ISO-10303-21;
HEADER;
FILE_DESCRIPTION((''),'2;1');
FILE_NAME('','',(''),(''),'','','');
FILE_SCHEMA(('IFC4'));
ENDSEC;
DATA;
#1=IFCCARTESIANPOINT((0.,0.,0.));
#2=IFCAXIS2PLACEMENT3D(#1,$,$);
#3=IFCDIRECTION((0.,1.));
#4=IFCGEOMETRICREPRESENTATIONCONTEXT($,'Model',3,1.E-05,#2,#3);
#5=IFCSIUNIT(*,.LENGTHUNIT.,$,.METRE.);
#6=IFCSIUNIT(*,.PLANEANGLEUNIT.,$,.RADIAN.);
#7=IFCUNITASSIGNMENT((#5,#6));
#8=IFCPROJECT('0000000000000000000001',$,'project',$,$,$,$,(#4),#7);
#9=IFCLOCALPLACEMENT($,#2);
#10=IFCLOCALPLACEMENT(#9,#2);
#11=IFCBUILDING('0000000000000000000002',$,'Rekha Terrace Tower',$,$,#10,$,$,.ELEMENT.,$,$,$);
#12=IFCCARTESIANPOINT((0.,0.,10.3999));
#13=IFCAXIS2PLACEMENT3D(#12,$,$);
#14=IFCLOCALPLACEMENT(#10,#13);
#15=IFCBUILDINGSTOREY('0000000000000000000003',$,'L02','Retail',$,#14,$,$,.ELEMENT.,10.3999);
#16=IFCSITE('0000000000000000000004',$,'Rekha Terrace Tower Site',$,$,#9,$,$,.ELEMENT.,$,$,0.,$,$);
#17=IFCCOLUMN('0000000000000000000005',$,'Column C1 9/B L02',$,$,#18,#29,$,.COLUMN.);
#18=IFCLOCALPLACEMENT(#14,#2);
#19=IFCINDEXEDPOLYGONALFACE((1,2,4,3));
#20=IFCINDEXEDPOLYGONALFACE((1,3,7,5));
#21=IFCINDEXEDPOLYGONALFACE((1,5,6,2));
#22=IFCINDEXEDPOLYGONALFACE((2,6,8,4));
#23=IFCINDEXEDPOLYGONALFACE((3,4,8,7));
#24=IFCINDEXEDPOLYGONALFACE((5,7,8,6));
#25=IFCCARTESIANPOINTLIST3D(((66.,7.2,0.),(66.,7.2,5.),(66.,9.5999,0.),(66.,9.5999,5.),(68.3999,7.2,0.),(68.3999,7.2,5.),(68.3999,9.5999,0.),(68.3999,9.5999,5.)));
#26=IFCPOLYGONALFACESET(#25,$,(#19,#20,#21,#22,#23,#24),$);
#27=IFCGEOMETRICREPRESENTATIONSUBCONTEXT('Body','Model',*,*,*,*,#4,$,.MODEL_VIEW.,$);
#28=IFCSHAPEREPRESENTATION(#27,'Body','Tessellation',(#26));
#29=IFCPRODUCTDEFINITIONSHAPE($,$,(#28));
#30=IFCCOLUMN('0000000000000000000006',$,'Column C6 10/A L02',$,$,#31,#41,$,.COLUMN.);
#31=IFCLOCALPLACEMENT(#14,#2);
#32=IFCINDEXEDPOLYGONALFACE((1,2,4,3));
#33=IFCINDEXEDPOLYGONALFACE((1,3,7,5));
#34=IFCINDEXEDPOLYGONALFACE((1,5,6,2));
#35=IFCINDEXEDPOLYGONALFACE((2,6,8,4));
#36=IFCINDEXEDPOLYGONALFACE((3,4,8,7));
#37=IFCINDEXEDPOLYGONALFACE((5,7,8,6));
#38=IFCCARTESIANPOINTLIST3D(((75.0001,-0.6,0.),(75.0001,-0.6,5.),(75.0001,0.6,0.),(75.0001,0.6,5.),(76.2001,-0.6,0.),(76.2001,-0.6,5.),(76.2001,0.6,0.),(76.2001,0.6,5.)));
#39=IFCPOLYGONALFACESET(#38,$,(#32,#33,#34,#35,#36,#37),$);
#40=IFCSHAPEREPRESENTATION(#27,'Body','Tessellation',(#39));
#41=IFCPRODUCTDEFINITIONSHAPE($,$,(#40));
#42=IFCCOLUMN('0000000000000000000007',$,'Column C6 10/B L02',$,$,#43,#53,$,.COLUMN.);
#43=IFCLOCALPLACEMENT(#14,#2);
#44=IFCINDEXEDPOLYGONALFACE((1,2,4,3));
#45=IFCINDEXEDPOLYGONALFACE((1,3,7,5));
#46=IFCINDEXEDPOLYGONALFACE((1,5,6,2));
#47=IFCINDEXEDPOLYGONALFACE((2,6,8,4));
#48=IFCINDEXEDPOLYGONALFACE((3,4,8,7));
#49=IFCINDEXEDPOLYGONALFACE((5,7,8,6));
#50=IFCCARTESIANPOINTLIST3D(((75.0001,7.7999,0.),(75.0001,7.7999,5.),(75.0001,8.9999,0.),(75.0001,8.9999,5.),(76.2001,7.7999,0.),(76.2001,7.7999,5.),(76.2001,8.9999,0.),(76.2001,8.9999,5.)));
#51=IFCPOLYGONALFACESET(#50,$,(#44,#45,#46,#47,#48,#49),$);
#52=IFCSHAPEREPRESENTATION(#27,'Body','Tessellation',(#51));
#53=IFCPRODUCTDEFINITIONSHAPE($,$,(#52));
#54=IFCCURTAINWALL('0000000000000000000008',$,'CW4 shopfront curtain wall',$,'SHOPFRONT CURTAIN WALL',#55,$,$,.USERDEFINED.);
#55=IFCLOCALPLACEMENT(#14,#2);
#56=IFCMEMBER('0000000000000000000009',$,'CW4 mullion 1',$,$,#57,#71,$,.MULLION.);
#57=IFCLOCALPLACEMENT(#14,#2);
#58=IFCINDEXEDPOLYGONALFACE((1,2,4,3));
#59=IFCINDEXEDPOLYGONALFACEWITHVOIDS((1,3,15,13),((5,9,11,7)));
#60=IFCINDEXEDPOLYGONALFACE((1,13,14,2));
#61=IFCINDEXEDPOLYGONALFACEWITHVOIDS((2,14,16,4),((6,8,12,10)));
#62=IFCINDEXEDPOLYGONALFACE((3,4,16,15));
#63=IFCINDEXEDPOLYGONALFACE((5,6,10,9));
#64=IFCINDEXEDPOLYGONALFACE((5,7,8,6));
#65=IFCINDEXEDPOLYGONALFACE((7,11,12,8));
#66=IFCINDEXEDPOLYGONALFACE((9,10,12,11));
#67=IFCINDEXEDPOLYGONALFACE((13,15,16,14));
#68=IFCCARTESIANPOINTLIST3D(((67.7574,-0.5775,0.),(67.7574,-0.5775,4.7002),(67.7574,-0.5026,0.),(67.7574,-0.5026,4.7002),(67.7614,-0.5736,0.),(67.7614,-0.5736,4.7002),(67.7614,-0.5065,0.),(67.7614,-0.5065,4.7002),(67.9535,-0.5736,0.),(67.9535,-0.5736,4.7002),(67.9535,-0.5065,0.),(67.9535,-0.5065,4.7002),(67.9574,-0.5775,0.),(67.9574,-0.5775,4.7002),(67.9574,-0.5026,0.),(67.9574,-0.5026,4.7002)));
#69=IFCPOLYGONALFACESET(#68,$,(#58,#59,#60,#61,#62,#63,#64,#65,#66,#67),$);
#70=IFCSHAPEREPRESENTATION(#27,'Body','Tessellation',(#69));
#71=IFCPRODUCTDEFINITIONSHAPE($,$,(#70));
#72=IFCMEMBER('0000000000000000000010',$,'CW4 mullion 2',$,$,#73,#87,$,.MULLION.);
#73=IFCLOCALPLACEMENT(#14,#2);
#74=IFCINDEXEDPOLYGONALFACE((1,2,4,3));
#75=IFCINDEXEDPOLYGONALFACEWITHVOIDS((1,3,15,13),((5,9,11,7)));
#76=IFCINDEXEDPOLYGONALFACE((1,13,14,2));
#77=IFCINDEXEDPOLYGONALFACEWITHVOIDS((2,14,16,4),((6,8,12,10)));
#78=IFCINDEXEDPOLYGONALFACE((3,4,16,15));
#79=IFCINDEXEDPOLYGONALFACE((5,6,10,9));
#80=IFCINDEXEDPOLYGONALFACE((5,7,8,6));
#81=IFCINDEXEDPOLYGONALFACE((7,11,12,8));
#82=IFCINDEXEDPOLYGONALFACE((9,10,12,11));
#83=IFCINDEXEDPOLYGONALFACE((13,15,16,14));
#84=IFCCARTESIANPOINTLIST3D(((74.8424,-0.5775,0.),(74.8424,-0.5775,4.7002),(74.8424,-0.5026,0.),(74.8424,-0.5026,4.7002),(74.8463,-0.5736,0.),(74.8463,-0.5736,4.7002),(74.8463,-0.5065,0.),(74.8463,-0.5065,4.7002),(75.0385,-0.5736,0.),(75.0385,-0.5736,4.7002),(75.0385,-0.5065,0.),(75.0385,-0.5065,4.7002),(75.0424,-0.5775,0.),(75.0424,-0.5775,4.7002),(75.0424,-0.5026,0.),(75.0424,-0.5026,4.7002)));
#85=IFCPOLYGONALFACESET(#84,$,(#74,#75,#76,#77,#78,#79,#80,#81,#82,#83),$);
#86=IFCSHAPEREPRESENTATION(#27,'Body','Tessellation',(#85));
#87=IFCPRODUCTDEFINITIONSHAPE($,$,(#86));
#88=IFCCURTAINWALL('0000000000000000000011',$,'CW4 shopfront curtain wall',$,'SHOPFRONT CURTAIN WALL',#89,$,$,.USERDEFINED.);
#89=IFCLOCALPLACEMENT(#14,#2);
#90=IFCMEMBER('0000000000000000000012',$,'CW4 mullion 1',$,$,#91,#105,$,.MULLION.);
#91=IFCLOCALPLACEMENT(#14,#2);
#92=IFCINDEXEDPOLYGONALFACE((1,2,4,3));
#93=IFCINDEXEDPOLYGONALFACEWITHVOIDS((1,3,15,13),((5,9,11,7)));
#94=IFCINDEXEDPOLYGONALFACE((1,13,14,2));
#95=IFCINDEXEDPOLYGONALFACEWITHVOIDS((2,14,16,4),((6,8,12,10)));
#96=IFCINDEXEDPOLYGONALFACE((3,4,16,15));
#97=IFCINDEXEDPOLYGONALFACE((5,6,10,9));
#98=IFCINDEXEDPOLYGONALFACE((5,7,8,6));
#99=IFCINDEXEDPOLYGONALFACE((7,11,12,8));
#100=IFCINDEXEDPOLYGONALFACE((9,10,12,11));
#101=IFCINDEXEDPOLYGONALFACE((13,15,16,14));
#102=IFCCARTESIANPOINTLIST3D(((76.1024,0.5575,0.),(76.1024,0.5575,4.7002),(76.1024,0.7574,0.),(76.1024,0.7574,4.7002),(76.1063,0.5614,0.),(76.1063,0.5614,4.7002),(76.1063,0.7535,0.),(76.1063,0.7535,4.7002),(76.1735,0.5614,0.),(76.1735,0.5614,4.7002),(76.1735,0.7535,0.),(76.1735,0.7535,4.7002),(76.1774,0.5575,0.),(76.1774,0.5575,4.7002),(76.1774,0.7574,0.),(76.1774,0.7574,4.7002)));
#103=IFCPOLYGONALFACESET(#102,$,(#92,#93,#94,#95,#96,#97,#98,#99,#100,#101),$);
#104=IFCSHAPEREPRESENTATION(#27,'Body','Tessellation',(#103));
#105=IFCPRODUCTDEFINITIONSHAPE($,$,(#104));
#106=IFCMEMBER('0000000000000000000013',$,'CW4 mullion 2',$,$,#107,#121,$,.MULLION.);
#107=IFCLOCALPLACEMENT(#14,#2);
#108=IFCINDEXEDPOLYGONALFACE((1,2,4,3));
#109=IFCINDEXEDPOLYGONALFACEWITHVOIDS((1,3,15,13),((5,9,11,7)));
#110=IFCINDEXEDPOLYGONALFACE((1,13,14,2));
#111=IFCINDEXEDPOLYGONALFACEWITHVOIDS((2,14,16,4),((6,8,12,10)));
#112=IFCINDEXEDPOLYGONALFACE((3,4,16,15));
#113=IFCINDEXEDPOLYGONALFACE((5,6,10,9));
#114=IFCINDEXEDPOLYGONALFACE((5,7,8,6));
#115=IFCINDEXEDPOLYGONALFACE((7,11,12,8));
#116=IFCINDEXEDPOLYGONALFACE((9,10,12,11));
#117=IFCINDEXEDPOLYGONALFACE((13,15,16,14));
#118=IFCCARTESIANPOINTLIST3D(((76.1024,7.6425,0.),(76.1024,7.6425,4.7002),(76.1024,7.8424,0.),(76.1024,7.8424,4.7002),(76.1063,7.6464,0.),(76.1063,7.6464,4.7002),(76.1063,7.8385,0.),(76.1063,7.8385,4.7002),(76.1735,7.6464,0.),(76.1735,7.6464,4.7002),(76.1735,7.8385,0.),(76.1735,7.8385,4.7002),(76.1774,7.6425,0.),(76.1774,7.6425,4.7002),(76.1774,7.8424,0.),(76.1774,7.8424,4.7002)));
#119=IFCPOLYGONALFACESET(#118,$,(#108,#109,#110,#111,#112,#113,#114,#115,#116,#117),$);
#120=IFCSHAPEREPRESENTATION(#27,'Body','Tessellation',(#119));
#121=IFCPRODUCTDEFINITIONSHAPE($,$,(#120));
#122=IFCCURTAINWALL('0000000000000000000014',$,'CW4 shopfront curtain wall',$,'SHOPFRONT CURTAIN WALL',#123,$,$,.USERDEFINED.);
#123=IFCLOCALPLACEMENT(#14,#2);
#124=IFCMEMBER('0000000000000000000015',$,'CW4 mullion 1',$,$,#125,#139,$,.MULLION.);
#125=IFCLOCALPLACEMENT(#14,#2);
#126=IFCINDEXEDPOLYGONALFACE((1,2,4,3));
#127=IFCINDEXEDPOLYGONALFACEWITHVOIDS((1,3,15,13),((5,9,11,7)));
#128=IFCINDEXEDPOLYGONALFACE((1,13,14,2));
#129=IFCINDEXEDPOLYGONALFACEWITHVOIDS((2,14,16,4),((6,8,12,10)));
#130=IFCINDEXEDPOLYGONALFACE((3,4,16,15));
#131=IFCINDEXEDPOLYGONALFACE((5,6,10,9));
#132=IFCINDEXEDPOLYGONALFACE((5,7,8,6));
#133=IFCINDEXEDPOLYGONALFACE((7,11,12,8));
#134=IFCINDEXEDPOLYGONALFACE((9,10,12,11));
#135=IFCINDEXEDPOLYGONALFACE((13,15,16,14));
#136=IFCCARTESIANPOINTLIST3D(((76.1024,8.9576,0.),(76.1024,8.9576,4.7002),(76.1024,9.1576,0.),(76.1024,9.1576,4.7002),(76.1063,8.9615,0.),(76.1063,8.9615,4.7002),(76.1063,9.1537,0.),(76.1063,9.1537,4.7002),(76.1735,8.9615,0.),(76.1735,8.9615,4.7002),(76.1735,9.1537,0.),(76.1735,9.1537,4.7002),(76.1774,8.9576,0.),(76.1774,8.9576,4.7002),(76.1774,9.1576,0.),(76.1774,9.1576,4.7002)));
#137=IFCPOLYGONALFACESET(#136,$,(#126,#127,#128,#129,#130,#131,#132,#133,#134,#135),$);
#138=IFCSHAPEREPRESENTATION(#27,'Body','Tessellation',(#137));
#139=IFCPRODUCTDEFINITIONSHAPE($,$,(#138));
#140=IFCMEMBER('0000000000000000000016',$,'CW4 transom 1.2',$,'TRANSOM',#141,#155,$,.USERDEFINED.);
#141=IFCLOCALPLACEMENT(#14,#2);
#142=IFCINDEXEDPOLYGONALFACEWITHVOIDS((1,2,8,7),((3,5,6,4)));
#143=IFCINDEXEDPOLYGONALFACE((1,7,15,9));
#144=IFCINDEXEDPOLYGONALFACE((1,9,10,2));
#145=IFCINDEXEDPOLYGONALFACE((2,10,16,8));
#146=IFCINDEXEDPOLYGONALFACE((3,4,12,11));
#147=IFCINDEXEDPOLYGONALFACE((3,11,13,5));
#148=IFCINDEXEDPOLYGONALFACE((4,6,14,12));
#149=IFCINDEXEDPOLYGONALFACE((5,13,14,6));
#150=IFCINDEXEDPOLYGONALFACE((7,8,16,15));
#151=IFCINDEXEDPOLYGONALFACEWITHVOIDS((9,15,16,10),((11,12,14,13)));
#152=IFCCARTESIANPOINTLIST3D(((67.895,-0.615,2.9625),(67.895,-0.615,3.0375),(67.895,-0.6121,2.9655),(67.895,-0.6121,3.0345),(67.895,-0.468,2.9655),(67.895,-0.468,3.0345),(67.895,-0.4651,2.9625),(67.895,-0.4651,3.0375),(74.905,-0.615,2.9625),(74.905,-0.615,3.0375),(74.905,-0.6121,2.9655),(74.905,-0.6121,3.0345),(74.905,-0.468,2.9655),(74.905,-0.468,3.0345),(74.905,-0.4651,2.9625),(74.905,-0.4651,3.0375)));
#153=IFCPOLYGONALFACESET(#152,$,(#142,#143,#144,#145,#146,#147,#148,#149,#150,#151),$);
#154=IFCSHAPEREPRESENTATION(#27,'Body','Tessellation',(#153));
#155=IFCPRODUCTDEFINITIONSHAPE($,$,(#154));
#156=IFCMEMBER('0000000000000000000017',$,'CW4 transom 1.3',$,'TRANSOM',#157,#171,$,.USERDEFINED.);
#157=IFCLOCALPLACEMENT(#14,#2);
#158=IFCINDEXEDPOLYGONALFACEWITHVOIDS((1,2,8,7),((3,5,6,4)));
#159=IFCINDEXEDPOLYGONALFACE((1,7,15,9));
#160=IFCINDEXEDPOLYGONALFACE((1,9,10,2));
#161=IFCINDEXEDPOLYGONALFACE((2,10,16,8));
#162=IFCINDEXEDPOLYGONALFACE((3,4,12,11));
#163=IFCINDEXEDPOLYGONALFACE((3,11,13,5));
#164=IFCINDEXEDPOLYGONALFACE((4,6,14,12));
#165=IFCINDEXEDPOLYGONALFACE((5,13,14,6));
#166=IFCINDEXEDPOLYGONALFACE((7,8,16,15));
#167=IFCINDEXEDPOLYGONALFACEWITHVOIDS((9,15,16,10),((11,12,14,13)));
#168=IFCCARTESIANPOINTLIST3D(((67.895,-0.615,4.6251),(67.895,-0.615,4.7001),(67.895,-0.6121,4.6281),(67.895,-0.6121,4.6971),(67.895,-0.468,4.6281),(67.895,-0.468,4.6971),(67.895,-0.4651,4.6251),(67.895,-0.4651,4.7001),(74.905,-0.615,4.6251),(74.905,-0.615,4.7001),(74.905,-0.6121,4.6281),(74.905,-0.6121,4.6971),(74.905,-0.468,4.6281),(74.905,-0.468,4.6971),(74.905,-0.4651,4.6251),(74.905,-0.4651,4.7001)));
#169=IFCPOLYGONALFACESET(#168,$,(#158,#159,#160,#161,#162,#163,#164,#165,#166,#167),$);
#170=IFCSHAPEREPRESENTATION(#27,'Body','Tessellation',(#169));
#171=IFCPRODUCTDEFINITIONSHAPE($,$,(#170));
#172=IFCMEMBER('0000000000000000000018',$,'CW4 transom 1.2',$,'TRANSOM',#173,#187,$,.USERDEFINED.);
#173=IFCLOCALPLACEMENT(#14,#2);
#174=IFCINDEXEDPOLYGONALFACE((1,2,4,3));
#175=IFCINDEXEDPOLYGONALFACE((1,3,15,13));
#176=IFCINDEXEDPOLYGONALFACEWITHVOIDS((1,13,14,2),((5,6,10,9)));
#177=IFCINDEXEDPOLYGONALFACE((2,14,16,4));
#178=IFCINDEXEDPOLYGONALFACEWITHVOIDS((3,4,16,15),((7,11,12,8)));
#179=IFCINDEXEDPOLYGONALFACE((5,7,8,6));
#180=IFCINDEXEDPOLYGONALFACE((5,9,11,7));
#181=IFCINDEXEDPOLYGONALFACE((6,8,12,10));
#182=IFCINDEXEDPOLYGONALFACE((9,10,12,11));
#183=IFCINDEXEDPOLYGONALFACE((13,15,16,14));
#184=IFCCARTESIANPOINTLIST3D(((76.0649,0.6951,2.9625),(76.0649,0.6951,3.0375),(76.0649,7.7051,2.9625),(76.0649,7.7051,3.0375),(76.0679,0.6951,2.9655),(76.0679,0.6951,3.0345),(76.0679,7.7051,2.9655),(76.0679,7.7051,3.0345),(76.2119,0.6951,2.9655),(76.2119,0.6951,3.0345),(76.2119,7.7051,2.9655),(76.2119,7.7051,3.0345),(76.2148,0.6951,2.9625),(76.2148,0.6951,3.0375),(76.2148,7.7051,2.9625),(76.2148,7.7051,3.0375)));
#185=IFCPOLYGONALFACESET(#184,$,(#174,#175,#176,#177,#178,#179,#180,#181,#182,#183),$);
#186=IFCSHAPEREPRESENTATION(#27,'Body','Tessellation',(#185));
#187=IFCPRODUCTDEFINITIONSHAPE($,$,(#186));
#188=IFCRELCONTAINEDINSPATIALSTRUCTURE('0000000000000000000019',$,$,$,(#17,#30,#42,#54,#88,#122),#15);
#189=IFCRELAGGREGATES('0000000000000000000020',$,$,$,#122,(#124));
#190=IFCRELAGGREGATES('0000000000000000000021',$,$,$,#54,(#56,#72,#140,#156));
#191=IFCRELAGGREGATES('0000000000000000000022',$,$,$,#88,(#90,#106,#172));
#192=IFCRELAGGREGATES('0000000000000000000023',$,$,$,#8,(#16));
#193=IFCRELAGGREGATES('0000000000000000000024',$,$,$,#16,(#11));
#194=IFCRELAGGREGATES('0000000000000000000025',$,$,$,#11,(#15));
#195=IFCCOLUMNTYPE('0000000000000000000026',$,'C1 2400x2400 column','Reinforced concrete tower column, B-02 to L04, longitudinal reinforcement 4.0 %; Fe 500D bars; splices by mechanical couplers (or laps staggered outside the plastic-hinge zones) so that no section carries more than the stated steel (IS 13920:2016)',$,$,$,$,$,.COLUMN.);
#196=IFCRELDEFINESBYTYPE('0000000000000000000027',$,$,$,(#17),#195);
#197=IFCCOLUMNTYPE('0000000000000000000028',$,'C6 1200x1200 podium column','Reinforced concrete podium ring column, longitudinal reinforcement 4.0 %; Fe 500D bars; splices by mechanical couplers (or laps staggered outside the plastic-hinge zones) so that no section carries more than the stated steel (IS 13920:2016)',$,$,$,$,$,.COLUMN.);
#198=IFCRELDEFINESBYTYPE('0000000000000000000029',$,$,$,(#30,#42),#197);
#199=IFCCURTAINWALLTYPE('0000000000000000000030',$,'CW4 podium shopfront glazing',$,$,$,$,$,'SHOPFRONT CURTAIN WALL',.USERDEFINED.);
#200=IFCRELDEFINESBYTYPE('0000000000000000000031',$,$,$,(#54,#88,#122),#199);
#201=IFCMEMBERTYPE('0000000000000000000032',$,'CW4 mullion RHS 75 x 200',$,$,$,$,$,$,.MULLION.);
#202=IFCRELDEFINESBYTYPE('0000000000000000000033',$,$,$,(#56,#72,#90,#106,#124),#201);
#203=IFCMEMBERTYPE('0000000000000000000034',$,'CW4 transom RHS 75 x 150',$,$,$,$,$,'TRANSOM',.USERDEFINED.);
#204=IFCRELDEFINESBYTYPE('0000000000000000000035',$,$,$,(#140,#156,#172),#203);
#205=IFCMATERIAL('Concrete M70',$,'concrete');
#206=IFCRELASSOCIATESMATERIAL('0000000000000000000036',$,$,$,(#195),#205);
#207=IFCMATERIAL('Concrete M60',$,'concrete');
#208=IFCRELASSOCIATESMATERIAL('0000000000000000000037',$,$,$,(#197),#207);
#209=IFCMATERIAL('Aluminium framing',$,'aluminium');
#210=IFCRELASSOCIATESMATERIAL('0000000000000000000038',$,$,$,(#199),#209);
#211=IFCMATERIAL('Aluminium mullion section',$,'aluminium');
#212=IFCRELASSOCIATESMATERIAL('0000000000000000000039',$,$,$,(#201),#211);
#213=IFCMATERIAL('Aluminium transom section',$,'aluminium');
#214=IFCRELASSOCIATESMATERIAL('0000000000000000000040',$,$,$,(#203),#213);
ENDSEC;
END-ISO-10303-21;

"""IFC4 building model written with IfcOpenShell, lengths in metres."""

from ifc_helpers import new_model, si_unit, direction, frame, origin, origin_2d, place, context, subcontext, project, spatial, rectangle, hollow_rectangle, extrude, material, material_profile, profile_set, type_object, element, aggregate, save


model = new_model("IFC4")

# Units and contexts
model_context = context("Model", 3, precision=1e-05, world=origin(), true_north=direction((0.0, 1.0)))
body_context = subcontext(model_context, "Body", "Model", "MODEL_VIEW")
ifc_project = project(units=[si_unit("LENGTHUNIT", "METRE"), si_unit("PLANEANGLEUNIT", "RADIAN")], contexts=[model_context])

# Site, building, storey
site_placement = place(None, origin())
site = spatial("IfcSite", under=ifc_project, at=site_placement, Name="Rekha Terrace Tower Site", CompositionType="ELEMENT", RefElevation=0.0)
building_placement = place(site_placement, origin())
building = spatial("IfcBuilding", under=site, at=building_placement, Name="Rekha Terrace Tower", CompositionType="ELEMENT")
storey_placement = place(building_placement, frame((0.0, 0.0, 10.3999)))
storey = spatial("IfcBuildingStorey", under=building, at=storey_placement, Name="L02", Description="Retail", CompositionType="ELEMENT", Elevation=10.3999)

# Columns
ifc_material_1 = material(Name="Concrete M70", Category="concrete")
ifc_material_profile_1 = material_profile(ifc_material_1, rectangle(XDim=2.3999, YDim=2.3999, at=origin_2d()), Name="RC 2400x2400")
ifc_profile_set_1 = profile_set([ifc_material_profile_1], Name="Concrete M70")
column_type_1 = type_object("IfcColumnType", Name="C1 2400x2400 column", Description="Reinforced concrete tower column, B-02 to L04, longitudinal reinforcement 4.0 %; Fe 500D bars; splices by mechanical couplers (or laps staggered outside the plastic-hinge zones) so that no section carries more than the stated steel (IS 13920:2016)", PredefinedType="COLUMN", material=ifc_profile_set_1)
column_placement = place(storey_placement, frame((67.2, 8.3999, 0.0), z_axis=(0.0, 0.0, 1.0), x_axis=(1.0, 0.0, 0.0)))
element("IfcColumn", 1, at=column_placement, inside=storey, type_object=column_type_1, Name="Column C1 9/B L02", PredefinedType="COLUMN", context=body_context, shape_type="SweptSolid", body=[
    extrude(rectangle(XDim=2.3999, YDim=2.3999, at=origin_2d()), origin(), (0.0, 0.0, 1.0), 5.0),
])
ifc_material_2 = material(Name="Concrete M60", Category="concrete")
ifc_material_profile_2 = material_profile(ifc_material_2, rectangle(XDim=1.2, YDim=1.2, at=origin_2d()), Name="RC 1200x1200")
ifc_profile_set_2 = profile_set([ifc_material_profile_2], Name="Concrete M60")
column_type_2 = type_object("IfcColumnType", Name="C6 1200x1200 podium column", Description="Reinforced concrete podium ring column, longitudinal reinforcement 4.0 %; Fe 500D bars; splices by mechanical couplers (or laps staggered outside the plastic-hinge zones) so that no section carries more than the stated steel (IS 13920:2016)", PredefinedType="COLUMN", material=ifc_profile_set_2)
for number, where, z_axis, x_axis, name in (
    (2, (75.6001, 0.0, 0.0), (0.0, 0.0, 1.0), (1.0, 0.0, 0.0), "Column C6 10/A L02"),
    (3, (75.6001, 8.3999, 0.0), (0.0, 0.0, 1.0), (1.0, 0.0, 0.0), "Column C6 10/B L02"),
):
    element("IfcColumn", number, at=place(storey_placement, frame(where, z_axis=z_axis, x_axis=x_axis)), inside=storey, type_object=column_type_2, Name=name, PredefinedType="COLUMN", context=body_context, shape_type="SweptSolid", body=[
        extrude(rectangle(XDim=1.2, YDim=1.2, at=origin_2d()), origin(), (0.0, 0.0, 1.0), 5.0),
    ])

# Curtain walls, members
ifc_material_3 = material(Name="Aluminium framing", Category="aluminium")
curtain_wall_type = type_object("IfcCurtainWallType", Name="CW4 podium shopfront glazing", ElementType="SHOPFRONT CURTAIN WALL", PredefinedType="USERDEFINED", material=ifc_material_3)
curtain_wall_1_placement = place(storey_placement, origin())
curtain_wall_1 = element("IfcCurtainWall", 4, at=curtain_wall_1_placement, inside=storey, type_object=curtain_wall_type, Name="CW4 shopfront curtain wall", ObjectType="SHOPFRONT CURTAIN WALL", PredefinedType="USERDEFINED")
ifc_material_4 = material(Name="Aluminium mullion section", Category="aluminium")
ifc_material_profile_3 = material_profile(ifc_material_4, hollow_rectangle(XDim=0.075, YDim=0.2, WallThickness=0.0039, at=origin_2d()), Name="AL RHS 75x200")
ifc_profile_set_3 = profile_set([ifc_material_profile_3], Name="Aluminium mullion section")
member_type_1 = type_object("IfcMemberType", Name="CW4 mullion RHS 75 x 200", PredefinedType="MULLION", material=ifc_profile_set_3)
member_1_placement = place(storey_placement, frame((67.8574, -0.54, 0.0), z_axis=(0.0, 0.0, 1.0), x_axis=(0.0, 1.0, 0.0)))
member_1 = element("IfcMember", 5, at=member_1_placement, type_object=member_type_1, Name="CW4 mullion 1", PredefinedType="MULLION", context=body_context, shape_type="SweptSolid", body=[
    extrude(hollow_rectangle(XDim=0.075, YDim=0.2, WallThickness=0.0039, at=origin_2d()), origin(), (0.0, 0.0, 1.0), 4.7002),
])
member_2_placement = place(storey_placement, frame((74.9424, -0.54, 0.0), z_axis=(0.0, 0.0, 1.0), x_axis=(0.0, 1.0, 0.0)))
member_2 = element("IfcMember", 6, at=member_2_placement, type_object=member_type_1, Name="CW4 mullion 2", PredefinedType="MULLION", context=body_context, shape_type="SweptSolid", body=[
    extrude(hollow_rectangle(XDim=0.075, YDim=0.2, WallThickness=0.0039, at=origin_2d()), origin(), (0.0, 0.0, 1.0), 4.7002),
])
curtain_wall_2_placement = place(storey_placement, origin())
curtain_wall_2 = element("IfcCurtainWall", 7, at=curtain_wall_2_placement, inside=storey, type_object=curtain_wall_type, Name="CW4 shopfront curtain wall", ObjectType="SHOPFRONT CURTAIN WALL", PredefinedType="USERDEFINED")
member_3_placement = place(storey_placement, frame((76.1399, 0.6575, 0.0), z_axis=(0.0, 0.0, 1.0), x_axis=(-1.0, 0.0, 0.0)))
member_3 = element("IfcMember", 8, at=member_3_placement, type_object=member_type_1, Name="CW4 mullion 1", PredefinedType="MULLION", context=body_context, shape_type="SweptSolid", body=[
    extrude(hollow_rectangle(XDim=0.075, YDim=0.2, WallThickness=0.0039, at=origin_2d()), origin(), (0.0, 0.0, 1.0), 4.7002),
])
member_4_placement = place(storey_placement, frame((76.1399, 7.7424, 0.0), z_axis=(0.0, 0.0, 1.0), x_axis=(-1.0, 0.0, 0.0)))
member_4 = element("IfcMember", 9, at=member_4_placement, type_object=member_type_1, Name="CW4 mullion 2", PredefinedType="MULLION", context=body_context, shape_type="SweptSolid", body=[
    extrude(hollow_rectangle(XDim=0.075, YDim=0.2, WallThickness=0.0039, at=origin_2d()), origin(), (0.0, 0.0, 1.0), 4.7002),
])

# Curtain wall, member
curtain_wall_3_placement = place(storey_placement, origin())
curtain_wall_3 = element("IfcCurtainWall", 10, at=curtain_wall_3_placement, inside=storey, type_object=curtain_wall_type, Name="CW4 shopfront curtain wall", ObjectType="SHOPFRONT CURTAIN WALL", PredefinedType="USERDEFINED")
member_5_placement = place(storey_placement, frame((76.1399, 9.0576, 0.0), z_axis=(0.0, 0.0, 1.0), x_axis=(-1.0, 0.0, 0.0)))
member_5 = element("IfcMember", 11, at=member_5_placement, type_object=member_type_1, Name="CW4 mullion 1", PredefinedType="MULLION", context=body_context, shape_type="SweptSolid", body=[
    extrude(hollow_rectangle(XDim=0.075, YDim=0.2, WallThickness=0.0039, at=origin_2d()), origin(), (0.0, 0.0, 1.0), 4.7002),
])

# Members
ifc_material_5 = material(Name="Aluminium transom section", Category="aluminium")
ifc_material_profile_4 = material_profile(ifc_material_5, hollow_rectangle(XDim=0.1499, YDim=0.075, WallThickness=0.0029, at=origin_2d()), Name="AL RHS 150x75")
ifc_profile_set_4 = profile_set([ifc_material_profile_4], Name="Aluminium transom section")
member_type_2 = type_object("IfcMemberType", Name="CW4 transom RHS 75 x 150", ElementType="TRANSOM", PredefinedType="USERDEFINED", material=ifc_profile_set_4)
member_6_placement = place(storey_placement, frame((67.895, -0.54, 3.0), z_axis=(1.0, 0.0, 0.0), x_axis=(0.0, 1.0, 0.0)))
member_6 = element("IfcMember", 12, at=member_6_placement, type_object=member_type_2, Name="CW4 transom 1.2", ObjectType="TRANSOM", PredefinedType="USERDEFINED", context=body_context, shape_type="SweptSolid", body=[
    extrude(hollow_rectangle(XDim=0.1499, YDim=0.075, WallThickness=0.0029, at=origin_2d()), origin(), (0.0, 0.0, 1.0), 7.01),
])
member_7_placement = place(storey_placement, frame((67.895, -0.54, 4.6626), z_axis=(1.0, 0.0, 0.0), x_axis=(0.0, 1.0, 0.0)))
member_7 = element("IfcMember", 13, at=member_7_placement, type_object=member_type_2, Name="CW4 transom 1.3", ObjectType="TRANSOM", PredefinedType="USERDEFINED", context=body_context, shape_type="SweptSolid", body=[
    extrude(hollow_rectangle(XDim=0.1499, YDim=0.075, WallThickness=0.0029, at=origin_2d()), origin(), (0.0, 0.0, 1.0), 7.01),
])
member_8_placement = place(storey_placement, frame((76.1399, 0.6951, 3.0), z_axis=(0.0, 1.0, 0.0), x_axis=(-1.0, 0.0, 0.0)))
member_8 = element("IfcMember", 14, at=member_8_placement, type_object=member_type_2, Name="CW4 transom 1.2", ObjectType="TRANSOM", PredefinedType="USERDEFINED", context=body_context, shape_type="SweptSolid", body=[
    extrude(hollow_rectangle(XDim=0.1499, YDim=0.075, WallThickness=0.0029, at=origin_2d()), origin(), (0.0, 0.0, 1.0), 7.01),
])
aggregate(curtain_wall_3, [member_5])

aggregate(curtain_wall_1, [member_1, member_2, member_6, member_7])
aggregate(curtain_wall_2, [member_3, member_4, member_8])

save(model, "model.ifc")
